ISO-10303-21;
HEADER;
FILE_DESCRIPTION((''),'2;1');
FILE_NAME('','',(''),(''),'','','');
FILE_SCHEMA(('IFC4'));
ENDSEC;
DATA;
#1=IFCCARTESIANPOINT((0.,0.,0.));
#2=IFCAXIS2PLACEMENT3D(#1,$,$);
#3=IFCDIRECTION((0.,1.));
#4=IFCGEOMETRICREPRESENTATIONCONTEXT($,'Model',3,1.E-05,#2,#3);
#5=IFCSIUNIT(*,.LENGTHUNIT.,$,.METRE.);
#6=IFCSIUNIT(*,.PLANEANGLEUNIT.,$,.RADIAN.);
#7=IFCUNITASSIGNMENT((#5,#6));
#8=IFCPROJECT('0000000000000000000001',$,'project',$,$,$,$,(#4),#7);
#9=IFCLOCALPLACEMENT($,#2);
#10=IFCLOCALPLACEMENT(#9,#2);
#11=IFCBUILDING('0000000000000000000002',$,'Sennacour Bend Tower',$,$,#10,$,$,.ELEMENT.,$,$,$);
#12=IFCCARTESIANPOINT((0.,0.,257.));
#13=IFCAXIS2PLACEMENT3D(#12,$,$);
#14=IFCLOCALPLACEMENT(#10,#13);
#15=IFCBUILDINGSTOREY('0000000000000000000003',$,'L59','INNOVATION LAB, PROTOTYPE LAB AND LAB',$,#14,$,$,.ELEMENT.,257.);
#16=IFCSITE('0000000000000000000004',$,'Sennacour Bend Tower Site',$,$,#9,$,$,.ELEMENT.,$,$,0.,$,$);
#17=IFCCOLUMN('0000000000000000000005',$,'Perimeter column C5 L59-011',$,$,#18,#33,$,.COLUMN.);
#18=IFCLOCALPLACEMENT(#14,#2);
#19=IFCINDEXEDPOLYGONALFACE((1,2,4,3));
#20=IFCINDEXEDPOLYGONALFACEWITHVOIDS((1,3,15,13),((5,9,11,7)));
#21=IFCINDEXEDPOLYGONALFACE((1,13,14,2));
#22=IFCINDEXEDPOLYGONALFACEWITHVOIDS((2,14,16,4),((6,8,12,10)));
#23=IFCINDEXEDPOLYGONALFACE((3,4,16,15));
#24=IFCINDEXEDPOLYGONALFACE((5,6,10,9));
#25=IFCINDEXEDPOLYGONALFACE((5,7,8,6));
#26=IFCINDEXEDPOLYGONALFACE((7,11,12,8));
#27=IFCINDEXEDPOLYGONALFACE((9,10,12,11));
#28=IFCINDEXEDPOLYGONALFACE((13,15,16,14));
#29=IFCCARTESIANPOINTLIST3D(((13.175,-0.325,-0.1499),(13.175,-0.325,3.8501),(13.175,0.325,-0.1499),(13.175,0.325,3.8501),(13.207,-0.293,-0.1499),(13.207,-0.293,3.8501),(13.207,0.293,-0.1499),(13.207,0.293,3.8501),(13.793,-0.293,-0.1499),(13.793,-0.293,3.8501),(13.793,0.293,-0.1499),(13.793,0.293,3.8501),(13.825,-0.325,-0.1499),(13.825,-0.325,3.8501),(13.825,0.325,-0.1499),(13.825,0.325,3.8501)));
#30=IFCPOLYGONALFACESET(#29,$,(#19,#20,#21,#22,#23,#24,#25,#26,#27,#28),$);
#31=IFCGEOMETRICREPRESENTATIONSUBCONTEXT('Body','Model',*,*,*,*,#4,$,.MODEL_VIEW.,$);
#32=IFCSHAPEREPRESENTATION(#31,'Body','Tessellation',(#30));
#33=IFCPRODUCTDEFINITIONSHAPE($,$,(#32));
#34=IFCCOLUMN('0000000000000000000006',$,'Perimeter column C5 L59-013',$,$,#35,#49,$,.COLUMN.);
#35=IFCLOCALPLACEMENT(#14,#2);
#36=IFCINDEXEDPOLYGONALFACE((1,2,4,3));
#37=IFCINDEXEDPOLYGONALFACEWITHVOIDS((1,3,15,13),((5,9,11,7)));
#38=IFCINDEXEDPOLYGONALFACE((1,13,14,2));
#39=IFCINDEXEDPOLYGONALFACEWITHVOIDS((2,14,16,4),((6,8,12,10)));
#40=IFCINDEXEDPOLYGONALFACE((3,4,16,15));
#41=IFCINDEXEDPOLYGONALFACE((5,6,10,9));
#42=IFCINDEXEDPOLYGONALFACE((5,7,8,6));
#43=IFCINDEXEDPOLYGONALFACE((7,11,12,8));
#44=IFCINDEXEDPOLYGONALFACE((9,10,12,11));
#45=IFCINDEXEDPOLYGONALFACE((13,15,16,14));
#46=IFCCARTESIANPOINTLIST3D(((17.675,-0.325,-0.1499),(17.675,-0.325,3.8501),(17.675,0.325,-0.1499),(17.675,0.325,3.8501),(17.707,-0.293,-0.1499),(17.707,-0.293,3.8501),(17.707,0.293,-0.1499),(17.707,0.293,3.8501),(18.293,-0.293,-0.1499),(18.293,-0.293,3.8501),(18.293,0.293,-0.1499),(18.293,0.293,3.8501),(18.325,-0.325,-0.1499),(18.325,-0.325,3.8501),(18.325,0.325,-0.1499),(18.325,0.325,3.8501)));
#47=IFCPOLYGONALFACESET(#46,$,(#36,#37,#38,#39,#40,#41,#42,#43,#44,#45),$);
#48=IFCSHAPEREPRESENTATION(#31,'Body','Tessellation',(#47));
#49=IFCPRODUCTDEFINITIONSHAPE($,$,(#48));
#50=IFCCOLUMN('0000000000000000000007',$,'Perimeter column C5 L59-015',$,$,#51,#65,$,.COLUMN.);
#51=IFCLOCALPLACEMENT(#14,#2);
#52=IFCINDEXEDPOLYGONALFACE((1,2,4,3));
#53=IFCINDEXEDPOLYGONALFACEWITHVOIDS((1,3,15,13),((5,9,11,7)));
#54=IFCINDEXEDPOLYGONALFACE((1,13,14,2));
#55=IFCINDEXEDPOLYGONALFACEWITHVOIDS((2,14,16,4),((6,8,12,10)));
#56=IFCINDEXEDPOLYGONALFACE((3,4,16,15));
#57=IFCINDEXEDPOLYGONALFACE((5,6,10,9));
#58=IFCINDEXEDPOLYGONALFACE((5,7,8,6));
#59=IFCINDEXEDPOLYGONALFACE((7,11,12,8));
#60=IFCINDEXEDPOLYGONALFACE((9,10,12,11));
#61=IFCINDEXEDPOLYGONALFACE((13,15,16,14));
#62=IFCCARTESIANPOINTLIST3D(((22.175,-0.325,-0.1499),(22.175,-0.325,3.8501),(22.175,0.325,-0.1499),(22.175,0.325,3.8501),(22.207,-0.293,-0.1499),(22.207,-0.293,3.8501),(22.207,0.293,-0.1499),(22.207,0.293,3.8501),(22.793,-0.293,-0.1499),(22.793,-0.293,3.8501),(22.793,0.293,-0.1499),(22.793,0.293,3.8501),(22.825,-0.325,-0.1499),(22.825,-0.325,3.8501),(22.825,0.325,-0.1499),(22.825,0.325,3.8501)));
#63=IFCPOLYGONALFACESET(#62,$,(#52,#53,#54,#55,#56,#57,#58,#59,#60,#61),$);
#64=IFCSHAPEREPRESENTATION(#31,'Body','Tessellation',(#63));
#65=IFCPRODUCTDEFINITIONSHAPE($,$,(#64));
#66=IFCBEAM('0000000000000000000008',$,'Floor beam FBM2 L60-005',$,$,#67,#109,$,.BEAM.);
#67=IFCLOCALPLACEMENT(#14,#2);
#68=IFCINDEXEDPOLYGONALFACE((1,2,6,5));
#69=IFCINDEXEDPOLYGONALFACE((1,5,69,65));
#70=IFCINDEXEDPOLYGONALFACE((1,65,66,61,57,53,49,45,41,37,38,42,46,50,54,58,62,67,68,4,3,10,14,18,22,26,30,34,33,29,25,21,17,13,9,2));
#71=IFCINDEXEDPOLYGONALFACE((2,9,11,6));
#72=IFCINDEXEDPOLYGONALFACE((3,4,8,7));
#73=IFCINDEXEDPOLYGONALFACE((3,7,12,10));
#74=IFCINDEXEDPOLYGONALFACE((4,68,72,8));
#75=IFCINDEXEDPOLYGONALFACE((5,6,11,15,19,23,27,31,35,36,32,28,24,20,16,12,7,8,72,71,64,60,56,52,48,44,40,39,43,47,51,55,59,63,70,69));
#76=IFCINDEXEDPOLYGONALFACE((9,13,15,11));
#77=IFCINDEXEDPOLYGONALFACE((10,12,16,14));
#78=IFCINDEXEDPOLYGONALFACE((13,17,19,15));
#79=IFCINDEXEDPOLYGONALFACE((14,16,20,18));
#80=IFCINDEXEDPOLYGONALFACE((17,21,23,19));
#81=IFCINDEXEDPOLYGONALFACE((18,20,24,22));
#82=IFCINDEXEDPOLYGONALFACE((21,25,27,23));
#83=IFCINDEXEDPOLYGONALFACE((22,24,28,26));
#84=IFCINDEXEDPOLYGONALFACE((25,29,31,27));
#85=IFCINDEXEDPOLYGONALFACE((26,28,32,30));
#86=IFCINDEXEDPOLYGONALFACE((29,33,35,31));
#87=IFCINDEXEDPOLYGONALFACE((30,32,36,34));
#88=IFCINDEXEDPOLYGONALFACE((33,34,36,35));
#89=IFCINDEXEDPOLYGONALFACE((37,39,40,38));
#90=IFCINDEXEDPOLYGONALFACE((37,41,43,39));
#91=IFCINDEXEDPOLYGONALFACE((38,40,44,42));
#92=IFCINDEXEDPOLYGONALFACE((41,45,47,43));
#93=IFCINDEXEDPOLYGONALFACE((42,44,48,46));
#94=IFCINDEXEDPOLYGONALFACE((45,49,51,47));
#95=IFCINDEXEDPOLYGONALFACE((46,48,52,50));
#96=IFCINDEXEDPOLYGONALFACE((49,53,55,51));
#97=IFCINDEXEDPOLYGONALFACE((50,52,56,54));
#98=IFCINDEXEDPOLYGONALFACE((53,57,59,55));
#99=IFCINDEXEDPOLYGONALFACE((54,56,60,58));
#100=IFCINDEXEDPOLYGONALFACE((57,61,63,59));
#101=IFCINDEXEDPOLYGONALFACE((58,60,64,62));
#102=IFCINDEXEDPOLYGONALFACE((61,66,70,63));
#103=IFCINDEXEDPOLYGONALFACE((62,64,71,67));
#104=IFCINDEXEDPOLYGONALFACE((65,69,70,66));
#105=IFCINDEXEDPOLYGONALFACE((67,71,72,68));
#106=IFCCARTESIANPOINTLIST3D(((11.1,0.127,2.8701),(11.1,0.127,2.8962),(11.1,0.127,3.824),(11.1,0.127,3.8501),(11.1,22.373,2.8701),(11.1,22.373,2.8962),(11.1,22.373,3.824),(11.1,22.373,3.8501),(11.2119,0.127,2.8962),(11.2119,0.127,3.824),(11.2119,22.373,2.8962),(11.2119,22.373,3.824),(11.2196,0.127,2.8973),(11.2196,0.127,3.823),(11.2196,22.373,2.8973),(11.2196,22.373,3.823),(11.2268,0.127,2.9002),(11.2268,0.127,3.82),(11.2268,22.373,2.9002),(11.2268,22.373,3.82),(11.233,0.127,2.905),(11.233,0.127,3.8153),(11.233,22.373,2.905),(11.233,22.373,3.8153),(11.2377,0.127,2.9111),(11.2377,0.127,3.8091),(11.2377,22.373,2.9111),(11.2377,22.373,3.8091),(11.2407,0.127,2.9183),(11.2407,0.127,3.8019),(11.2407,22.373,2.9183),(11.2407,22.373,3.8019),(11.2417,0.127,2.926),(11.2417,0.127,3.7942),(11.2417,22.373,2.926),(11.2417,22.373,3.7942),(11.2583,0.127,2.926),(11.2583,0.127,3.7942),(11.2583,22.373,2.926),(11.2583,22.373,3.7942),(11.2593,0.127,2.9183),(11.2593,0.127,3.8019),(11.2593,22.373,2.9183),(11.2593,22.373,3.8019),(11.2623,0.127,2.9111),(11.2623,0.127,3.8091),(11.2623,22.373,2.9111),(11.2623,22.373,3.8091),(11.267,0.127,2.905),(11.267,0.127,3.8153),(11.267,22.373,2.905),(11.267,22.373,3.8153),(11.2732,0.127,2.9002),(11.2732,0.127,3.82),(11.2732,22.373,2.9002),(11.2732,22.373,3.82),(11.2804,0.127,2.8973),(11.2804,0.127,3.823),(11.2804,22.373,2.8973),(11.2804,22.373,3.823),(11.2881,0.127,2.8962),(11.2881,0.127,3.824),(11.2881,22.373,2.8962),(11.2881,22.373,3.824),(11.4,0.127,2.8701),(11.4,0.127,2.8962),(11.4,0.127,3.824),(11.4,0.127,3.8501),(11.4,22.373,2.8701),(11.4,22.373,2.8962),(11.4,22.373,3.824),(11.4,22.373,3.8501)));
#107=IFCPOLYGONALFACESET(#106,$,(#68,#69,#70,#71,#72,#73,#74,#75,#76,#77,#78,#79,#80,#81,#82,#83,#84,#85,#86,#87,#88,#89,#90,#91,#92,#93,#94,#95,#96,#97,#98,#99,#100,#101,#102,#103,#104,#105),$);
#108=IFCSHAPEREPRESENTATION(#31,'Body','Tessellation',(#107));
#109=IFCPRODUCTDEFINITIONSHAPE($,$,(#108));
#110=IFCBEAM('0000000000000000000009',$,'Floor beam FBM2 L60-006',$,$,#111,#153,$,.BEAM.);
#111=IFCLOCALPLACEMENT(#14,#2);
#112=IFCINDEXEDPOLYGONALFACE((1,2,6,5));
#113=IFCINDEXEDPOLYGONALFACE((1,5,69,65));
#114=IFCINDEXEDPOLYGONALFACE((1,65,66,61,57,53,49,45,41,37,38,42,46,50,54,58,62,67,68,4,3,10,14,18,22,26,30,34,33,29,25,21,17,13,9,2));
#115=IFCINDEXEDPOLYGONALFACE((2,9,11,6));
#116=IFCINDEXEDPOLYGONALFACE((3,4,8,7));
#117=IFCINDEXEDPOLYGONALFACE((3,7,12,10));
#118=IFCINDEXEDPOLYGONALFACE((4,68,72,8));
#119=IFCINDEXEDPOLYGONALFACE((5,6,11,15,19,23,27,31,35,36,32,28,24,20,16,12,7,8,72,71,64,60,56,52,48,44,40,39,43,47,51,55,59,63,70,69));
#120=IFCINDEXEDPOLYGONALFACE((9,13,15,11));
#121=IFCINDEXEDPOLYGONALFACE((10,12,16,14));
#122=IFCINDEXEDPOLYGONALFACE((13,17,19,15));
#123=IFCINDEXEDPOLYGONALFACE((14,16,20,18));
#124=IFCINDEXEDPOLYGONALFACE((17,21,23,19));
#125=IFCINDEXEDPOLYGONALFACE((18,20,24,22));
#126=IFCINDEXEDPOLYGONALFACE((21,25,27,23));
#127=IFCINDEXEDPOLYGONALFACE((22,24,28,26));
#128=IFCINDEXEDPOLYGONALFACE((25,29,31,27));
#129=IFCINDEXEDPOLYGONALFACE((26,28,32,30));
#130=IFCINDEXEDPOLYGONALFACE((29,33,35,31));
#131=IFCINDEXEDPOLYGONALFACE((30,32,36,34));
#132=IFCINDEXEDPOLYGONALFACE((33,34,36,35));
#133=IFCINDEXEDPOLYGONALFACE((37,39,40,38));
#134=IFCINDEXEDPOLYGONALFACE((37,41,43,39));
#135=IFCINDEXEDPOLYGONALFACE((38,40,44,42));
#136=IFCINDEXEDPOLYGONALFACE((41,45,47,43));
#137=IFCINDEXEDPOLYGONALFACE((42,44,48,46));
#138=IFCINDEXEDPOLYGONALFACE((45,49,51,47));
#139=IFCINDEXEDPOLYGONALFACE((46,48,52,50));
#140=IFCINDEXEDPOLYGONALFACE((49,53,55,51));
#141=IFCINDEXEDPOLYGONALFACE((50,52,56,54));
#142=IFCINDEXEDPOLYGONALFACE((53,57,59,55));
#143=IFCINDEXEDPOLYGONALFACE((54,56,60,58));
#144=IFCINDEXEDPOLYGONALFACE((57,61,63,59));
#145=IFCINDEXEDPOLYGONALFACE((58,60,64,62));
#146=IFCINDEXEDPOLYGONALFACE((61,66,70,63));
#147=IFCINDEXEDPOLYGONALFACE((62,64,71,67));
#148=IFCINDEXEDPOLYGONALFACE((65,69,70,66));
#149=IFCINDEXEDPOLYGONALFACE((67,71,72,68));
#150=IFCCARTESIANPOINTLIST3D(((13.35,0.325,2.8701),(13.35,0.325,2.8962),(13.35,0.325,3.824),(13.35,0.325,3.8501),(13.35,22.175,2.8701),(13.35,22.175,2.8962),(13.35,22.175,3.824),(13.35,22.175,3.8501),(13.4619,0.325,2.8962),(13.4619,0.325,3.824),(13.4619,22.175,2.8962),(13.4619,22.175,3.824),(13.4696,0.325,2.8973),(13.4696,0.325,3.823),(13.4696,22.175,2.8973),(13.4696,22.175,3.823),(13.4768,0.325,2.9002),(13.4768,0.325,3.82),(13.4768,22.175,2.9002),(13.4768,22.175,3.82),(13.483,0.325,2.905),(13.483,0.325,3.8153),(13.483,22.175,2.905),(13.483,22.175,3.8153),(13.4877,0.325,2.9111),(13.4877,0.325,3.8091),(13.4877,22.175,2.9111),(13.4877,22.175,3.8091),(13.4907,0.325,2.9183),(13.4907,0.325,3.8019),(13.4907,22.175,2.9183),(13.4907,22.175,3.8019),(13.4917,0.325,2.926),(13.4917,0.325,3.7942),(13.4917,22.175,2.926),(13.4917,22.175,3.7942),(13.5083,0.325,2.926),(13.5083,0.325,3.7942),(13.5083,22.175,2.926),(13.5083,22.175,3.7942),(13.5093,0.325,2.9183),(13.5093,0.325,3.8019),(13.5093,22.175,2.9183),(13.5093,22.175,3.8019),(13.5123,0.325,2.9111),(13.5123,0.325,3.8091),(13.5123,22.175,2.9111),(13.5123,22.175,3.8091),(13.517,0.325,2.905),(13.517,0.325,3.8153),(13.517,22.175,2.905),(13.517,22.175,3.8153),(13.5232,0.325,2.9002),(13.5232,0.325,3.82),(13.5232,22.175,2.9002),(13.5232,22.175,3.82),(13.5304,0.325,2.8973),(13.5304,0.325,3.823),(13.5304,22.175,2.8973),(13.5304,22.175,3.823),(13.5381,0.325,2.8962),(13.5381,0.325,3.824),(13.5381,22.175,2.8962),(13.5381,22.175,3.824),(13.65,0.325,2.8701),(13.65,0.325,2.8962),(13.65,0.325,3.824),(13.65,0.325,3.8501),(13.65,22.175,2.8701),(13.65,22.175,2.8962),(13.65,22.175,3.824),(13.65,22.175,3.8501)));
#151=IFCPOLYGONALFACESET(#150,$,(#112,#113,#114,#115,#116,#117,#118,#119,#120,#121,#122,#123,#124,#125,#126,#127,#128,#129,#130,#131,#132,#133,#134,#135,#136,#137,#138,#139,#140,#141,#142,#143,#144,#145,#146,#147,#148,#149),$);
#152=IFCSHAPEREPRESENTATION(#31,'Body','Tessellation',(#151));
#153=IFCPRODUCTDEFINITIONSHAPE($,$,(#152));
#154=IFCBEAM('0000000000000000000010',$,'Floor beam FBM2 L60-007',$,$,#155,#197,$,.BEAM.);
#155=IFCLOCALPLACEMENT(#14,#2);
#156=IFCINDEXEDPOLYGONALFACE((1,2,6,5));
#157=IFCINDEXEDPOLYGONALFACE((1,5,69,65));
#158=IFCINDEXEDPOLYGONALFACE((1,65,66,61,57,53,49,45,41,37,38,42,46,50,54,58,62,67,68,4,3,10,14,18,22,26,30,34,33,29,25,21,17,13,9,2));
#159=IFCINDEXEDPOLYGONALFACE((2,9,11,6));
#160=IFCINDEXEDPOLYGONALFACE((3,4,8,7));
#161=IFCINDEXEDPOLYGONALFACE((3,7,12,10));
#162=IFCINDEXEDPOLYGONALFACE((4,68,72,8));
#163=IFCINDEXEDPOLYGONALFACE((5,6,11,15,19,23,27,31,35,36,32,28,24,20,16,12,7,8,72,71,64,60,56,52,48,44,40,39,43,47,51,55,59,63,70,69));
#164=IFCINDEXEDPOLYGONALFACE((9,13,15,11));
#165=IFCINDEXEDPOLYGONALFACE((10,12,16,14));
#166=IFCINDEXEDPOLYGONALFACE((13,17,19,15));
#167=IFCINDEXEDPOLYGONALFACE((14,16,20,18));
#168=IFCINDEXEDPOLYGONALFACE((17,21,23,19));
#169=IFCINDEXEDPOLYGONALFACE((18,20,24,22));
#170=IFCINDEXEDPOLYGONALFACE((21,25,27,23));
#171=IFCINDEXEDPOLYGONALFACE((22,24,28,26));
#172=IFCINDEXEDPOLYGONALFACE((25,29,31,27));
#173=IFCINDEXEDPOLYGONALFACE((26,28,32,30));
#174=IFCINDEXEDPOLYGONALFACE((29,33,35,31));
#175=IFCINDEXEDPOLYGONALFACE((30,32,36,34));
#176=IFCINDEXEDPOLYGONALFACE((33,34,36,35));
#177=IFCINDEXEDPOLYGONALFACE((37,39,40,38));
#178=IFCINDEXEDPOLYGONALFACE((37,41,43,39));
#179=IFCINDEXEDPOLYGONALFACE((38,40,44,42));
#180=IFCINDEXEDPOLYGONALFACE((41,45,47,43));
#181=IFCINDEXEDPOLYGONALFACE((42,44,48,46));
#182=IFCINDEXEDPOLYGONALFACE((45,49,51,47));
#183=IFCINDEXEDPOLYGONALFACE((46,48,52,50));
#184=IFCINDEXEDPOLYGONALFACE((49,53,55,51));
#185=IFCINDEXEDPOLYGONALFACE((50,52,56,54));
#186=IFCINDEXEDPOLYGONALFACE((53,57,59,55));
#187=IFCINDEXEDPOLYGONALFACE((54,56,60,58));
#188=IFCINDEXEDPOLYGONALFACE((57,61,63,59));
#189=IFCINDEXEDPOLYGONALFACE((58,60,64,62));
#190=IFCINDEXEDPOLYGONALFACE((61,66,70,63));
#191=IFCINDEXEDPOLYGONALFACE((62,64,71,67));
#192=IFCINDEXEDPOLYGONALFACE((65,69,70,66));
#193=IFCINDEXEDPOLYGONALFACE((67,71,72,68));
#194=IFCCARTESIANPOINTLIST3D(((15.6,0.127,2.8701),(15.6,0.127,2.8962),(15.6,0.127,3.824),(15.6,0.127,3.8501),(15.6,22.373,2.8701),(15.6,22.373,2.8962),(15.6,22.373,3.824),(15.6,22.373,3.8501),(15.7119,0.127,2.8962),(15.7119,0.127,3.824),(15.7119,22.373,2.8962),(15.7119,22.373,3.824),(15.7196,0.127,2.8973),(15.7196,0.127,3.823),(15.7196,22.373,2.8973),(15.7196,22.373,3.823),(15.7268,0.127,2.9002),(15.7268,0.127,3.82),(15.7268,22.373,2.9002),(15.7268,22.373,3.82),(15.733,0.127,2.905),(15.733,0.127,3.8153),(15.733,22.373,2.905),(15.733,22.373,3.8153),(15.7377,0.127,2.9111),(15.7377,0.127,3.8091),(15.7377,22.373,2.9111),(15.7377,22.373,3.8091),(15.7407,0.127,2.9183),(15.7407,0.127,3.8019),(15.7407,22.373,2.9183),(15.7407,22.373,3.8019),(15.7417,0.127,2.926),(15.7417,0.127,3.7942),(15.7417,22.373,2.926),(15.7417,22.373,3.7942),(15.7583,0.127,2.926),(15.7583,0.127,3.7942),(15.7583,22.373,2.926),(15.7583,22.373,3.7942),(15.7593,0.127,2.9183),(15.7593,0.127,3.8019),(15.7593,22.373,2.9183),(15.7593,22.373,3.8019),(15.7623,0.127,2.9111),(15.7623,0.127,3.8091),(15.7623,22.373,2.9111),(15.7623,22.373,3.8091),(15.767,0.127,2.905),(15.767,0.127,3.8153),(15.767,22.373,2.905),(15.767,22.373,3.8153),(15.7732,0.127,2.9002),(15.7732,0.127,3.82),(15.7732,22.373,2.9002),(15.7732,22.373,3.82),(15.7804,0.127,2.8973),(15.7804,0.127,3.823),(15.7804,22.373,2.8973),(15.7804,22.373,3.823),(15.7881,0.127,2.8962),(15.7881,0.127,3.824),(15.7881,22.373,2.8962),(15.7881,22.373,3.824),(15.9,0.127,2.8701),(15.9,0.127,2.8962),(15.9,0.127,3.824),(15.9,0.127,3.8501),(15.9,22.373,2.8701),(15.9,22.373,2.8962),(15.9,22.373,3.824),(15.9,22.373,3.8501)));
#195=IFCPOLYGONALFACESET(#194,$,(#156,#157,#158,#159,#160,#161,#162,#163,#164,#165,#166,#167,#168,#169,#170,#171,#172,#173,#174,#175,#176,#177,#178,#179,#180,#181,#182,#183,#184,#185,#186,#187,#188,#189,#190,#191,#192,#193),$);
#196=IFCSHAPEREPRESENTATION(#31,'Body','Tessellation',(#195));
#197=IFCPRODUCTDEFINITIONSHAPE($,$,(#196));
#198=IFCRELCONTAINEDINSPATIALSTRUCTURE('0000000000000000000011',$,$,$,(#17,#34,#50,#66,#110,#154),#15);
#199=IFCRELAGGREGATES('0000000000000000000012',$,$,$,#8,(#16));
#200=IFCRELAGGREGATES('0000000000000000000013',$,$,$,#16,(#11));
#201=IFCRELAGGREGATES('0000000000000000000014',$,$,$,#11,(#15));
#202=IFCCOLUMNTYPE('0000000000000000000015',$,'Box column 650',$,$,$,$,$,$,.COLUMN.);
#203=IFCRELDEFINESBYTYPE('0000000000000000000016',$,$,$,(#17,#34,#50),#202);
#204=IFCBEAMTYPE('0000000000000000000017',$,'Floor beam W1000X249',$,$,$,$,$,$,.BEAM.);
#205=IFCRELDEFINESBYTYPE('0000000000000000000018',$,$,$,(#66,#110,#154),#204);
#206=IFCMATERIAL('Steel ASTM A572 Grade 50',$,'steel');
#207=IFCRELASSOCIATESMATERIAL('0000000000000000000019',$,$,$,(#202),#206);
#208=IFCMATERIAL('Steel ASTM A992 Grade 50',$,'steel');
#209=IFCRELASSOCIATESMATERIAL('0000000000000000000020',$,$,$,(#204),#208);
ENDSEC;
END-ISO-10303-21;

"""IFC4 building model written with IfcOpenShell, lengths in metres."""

from ifc_helpers import new_model, si_unit, direction, frame, origin, origin_2d, place, context, subcontext, project, spatial, hollow_rectangle, i_section, extrude, material, material_profile, profile_set, type_object, element, save


model = new_model("IFC4")

# Units and contexts
model_context = context("Model", 3, precision=1e-05, world=origin(), true_north=direction((0.0, 1.0)))
body_context = subcontext(model_context, "Body", "Model", "MODEL_VIEW")
ifc_project = project(units=[si_unit("LENGTHUNIT", "METRE"), si_unit("PLANEANGLEUNIT", "RADIAN")], contexts=[model_context])

# Site, building, storey
site_placement = place(None, origin())
site = spatial("IfcSite", under=ifc_project, at=site_placement, Name="Sennacour Bend Tower Site", CompositionType="ELEMENT", RefElevation=0.0)
building_placement = place(site_placement, origin())
building = spatial("IfcBuilding", under=site, at=building_placement, Name="Sennacour Bend Tower", CompositionType="ELEMENT")
storey_placement = place(building_placement, frame((0.0, 0.0, 257.0)))
storey = spatial("IfcBuildingStorey", under=building, at=storey_placement, Name="L59", Description="INNOVATION LAB, PROTOTYPE LAB AND LAB", CompositionType="ELEMENT", Elevation=257.0)

# Columns
ifc_material_1 = material(Name="Steel ASTM A572 Grade 50", Category="steel")
ifc_material_profile_1 = material_profile(ifc_material_1, hollow_rectangle(XDim=0.6499, YDim=0.6499, WallThickness=0.032, at=origin_2d()), Name="Steel ASTM A572 Grade 50", Category="steel")
ifc_profile_set_1 = profile_set([ifc_material_profile_1], Name="Steel ASTM A572 Grade 50")
column_type = type_object("IfcColumnType", Name="Box column 650", PredefinedType="COLUMN", material=ifc_profile_set_1)
for number, where, z_axis, x_axis, name in (
    (1, (13.5, 0.0, -0.1499), (0.0, 0.0, 1.0), (1.0, 0.0, 0.0), "Perimeter column C5 L59-011"),
    (2, (18.0, 0.0, -0.1499), (0.0, 0.0, 1.0), (1.0, 0.0, 0.0), "Perimeter column C5 L59-013"),
    (3, (22.5, 0.0, -0.1499), (0.0, 0.0, 1.0), (1.0, 0.0, 0.0), "Perimeter column C5 L59-015"),
):
    element("IfcColumn", number, at=place(storey_placement, frame(where, z_axis=z_axis, x_axis=x_axis)), inside=storey, type_object=column_type, Name=name, PredefinedType="COLUMN", context=body_context, shape_type="SweptSolid", body=[
        extrude(hollow_rectangle(XDim=0.6499, YDim=0.6499, WallThickness=0.032, at=origin_2d()), origin(), (0.0, 0.0, 1.0), 4.0),
    ])

# Beams
ifc_material_2 = material(Name="Steel ASTM A992 Grade 50", Category="steel")
ifc_material_profile_2 = material_profile(ifc_material_2, i_section(OverallWidth=0.3, OverallDepth=0.98, WebThickness=0.0166, FlangeThickness=0.0261, FilletRadius=0.0298, at=origin_2d()), Name="Steel ASTM A992 Grade 50", Category="steel")
ifc_profile_set_2 = profile_set([ifc_material_profile_2], Name="Steel ASTM A992 Grade 50")
beam_type_1 = type_object("IfcBeamType", Name="Floor beam W1000X249", PredefinedType="BEAM", material=ifc_profile_set_2)
beam_1_placement = place(storey_placement, frame((11.25, 0.127, 3.3601), z_axis=(0.0, 1.0, 0.0), x_axis=(-1.0, 0.0, 0.0)))
element("IfcBeam", 4, at=beam_1_placement, inside=storey, type_object=beam_type_1, Name="Floor beam FBM2 L60-005", PredefinedType="BEAM", context=body_context, shape_type="SweptSolid", body=[
    extrude(i_section(OverallWidth=0.3, OverallDepth=0.98, WebThickness=0.0166, FlangeThickness=0.0261, FilletRadius=0.0298, at=origin_2d()), origin(), (0.0, 0.0, 1.0), 22.2461),
])
beam_2_placement = place(storey_placement, frame((13.5, 0.325, 3.3601), z_axis=(0.0, 1.0, 0.0), x_axis=(-1.0, 0.0, 0.0)))
element("IfcBeam", 5, at=beam_2_placement, inside=storey, type_object=beam_type_1, Name="Floor beam FBM2 L60-006", PredefinedType="BEAM", context=body_context, shape_type="SweptSolid", body=[
    extrude(i_section(OverallWidth=0.3, OverallDepth=0.98, WebThickness=0.0166, FlangeThickness=0.0261, FilletRadius=0.0298, at=origin_2d()), origin(), (0.0, 0.0, 1.0), 21.8501),
])
beam_3_placement = place(storey_placement, frame((15.75, 0.127, 3.3601), z_axis=(0.0, 1.0, 0.0), x_axis=(-1.0, 0.0, 0.0)))
element("IfcBeam", 6, at=beam_3_placement, inside=storey, type_object=beam_type_1, Name="Floor beam FBM2 L60-007", PredefinedType="BEAM", context=body_context, shape_type="SweptSolid", body=[
    extrude(i_section(OverallWidth=0.3, OverallDepth=0.98, WebThickness=0.0166, FlangeThickness=0.0261, FilletRadius=0.0298, at=origin_2d()), origin(), (0.0, 0.0, 1.0), 22.2461),
])

save(model, "model.ifc")
